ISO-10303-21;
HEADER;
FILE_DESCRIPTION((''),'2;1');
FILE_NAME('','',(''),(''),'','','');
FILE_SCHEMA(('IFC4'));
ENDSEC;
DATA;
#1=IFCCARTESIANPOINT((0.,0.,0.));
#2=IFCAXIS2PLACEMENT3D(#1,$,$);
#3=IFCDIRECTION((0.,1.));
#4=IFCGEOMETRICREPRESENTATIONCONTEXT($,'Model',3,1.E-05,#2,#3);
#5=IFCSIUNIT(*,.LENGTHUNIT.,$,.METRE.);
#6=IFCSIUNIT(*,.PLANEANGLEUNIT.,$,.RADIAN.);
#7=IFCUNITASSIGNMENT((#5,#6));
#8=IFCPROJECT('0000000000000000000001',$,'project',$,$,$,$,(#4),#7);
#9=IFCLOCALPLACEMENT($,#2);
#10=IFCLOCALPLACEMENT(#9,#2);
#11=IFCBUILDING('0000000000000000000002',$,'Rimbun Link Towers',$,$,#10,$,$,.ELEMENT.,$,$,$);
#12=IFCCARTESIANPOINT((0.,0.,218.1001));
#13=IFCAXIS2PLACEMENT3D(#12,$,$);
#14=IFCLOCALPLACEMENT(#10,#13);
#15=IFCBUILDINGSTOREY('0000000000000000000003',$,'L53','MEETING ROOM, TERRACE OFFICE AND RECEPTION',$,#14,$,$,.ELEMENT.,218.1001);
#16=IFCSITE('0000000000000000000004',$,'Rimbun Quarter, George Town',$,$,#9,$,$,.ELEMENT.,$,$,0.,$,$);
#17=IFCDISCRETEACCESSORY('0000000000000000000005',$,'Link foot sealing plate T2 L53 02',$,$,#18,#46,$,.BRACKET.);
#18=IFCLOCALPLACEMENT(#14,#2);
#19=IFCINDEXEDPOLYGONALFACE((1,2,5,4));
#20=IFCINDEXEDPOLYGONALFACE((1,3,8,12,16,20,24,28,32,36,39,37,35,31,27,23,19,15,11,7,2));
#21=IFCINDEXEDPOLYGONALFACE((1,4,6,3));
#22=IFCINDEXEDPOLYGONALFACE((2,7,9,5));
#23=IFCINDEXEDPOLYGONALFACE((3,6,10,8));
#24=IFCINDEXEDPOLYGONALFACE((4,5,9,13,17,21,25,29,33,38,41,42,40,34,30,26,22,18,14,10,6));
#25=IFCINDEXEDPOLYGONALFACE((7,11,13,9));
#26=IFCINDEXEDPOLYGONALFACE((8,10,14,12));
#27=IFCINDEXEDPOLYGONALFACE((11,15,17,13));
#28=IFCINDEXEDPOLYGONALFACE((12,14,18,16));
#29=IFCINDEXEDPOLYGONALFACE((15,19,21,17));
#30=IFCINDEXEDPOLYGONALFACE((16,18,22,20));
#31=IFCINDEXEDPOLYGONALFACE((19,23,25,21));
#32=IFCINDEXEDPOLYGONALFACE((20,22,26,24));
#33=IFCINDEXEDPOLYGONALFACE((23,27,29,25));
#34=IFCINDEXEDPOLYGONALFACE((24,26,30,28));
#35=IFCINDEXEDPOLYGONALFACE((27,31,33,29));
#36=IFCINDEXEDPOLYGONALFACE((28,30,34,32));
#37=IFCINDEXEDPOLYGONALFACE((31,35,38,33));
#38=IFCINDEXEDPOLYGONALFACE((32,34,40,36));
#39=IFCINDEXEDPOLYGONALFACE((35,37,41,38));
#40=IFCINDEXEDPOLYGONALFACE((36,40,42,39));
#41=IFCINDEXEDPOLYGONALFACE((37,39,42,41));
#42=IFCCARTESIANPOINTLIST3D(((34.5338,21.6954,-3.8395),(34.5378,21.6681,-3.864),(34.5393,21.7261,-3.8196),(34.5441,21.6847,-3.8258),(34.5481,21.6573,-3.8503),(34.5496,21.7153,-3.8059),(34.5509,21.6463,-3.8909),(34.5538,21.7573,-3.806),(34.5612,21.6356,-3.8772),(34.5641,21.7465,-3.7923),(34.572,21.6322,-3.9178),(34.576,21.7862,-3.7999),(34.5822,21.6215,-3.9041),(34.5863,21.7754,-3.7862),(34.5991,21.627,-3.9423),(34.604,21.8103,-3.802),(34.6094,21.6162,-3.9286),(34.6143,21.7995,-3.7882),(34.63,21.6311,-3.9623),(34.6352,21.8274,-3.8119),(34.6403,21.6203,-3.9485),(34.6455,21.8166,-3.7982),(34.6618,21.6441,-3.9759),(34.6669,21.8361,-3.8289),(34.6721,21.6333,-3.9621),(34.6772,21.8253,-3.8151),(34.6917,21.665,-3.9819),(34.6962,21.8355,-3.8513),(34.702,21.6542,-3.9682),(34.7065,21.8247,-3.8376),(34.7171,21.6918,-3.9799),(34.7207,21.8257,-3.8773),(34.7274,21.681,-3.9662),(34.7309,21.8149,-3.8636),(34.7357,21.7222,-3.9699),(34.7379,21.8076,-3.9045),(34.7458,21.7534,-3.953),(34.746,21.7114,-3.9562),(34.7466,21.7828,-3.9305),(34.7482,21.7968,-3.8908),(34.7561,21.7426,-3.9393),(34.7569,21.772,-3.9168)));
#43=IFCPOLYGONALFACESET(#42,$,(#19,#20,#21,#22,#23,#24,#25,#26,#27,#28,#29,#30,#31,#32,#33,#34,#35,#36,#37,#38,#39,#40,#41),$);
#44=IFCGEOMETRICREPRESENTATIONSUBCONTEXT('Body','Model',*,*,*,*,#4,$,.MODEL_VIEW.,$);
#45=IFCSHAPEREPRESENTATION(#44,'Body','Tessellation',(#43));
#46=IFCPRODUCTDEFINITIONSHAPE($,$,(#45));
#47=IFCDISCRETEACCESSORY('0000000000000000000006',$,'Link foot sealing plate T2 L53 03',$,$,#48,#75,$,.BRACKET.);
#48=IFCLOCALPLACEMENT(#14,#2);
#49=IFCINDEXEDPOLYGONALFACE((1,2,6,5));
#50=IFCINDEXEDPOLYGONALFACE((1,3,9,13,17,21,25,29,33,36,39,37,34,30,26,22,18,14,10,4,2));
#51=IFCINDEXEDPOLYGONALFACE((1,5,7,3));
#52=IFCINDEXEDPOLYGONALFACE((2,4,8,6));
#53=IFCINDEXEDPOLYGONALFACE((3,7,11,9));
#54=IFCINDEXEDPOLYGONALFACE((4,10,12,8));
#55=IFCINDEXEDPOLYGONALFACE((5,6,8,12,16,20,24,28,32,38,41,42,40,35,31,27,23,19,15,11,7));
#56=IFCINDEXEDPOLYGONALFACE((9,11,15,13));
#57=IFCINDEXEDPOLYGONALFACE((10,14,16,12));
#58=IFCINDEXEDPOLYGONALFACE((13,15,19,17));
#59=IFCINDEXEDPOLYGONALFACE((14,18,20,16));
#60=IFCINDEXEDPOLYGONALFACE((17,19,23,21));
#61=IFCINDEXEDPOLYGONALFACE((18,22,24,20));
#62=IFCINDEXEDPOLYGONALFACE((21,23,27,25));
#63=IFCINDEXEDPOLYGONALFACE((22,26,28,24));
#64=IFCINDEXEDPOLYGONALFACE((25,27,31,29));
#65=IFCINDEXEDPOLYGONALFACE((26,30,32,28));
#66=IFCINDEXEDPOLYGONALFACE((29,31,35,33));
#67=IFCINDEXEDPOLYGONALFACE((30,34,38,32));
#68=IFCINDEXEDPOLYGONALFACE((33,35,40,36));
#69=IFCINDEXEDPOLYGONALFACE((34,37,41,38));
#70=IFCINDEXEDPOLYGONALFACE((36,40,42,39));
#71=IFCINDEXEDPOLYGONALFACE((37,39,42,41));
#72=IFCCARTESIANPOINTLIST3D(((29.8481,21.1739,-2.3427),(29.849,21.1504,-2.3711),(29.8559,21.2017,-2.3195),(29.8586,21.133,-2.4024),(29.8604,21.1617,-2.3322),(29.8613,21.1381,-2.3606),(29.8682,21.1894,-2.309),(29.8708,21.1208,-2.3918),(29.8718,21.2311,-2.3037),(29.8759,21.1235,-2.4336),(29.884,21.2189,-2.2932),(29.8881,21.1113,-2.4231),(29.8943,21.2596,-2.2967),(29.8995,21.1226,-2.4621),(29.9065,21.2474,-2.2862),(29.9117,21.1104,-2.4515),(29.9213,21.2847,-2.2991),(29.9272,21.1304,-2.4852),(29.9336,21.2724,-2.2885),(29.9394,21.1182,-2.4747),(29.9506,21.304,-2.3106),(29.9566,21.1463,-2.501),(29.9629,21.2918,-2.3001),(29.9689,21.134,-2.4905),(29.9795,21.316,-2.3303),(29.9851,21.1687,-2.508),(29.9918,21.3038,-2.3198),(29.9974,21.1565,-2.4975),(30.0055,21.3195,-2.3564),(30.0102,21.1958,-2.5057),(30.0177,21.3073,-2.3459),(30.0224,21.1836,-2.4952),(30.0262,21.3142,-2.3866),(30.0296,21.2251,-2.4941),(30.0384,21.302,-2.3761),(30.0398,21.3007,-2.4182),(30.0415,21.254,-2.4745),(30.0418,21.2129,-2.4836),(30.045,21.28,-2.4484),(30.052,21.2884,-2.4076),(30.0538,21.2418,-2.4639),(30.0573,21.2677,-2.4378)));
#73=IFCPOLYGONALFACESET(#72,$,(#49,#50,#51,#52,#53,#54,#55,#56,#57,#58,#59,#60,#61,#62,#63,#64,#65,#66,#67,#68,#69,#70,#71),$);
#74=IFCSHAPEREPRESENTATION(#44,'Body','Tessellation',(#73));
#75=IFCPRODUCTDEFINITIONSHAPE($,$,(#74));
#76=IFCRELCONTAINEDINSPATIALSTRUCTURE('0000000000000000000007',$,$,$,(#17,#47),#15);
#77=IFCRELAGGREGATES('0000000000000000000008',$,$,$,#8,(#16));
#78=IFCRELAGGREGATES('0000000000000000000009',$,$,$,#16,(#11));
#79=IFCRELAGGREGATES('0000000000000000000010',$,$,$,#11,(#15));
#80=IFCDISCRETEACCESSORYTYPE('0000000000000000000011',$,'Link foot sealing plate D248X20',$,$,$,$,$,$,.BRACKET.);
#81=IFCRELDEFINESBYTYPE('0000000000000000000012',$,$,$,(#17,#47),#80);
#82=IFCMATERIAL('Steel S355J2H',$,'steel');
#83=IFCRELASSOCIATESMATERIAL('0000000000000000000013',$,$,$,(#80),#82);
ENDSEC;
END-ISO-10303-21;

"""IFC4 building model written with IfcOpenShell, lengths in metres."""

from ifc_helpers import new_model, si_unit, direction, frame, origin, origin_2d, place, context, subcontext, project, spatial, circle, extrude, material, material_profile, profile_set, type_object, element, save


model = new_model("IFC4")

# Units and contexts
model_context = context("Model", 3, precision=1e-05, world=origin(), true_north=direction((0.0, 1.0)))
body_context = subcontext(model_context, "Body", "Model", "MODEL_VIEW")
ifc_project = project(units=[si_unit("LENGTHUNIT", "METRE"), si_unit("PLANEANGLEUNIT", "RADIAN")], contexts=[model_context])

# Site, building, storey
site_placement = place(None, origin())
site = spatial("IfcSite", under=ifc_project, at=site_placement, Name="Rimbun Quarter, George Town", CompositionType="ELEMENT", RefElevation=0.0)
building_placement = place(site_placement, origin())
building = spatial("IfcBuilding", under=site, at=building_placement, Name="Rimbun Link Towers", CompositionType="ELEMENT")
storey_placement = place(building_placement, frame((0.0, 0.0, 218.1001)))
storey = spatial("IfcBuildingStorey", under=building, at=storey_placement, Name="L53", Description="MEETING ROOM, TERRACE OFFICE AND RECEPTION", CompositionType="ELEMENT", Elevation=218.1001)

# Discrete accessories
ifc_material_1 = material(Name="Steel S355J2H", Category="steel")
ifc_material_profile_1 = material_profile(ifc_material_1, circle(Radius=0.124, at=origin_2d()), Name="PL D248")
ifc_profile_set_1 = profile_set([ifc_material_profile_1], Name="Steel S355J2H")
discrete_accessory_type = type_object("IfcDiscreteAccessoryType", Name="Link foot sealing plate D248X20", PredefinedType="BRACKET", material=ifc_profile_set_1)
for number, where, z_axis, x_axis, name in (
    (1, (34.6509, 21.7212, -3.8772), (-0.507982, 0.532172, -0.677309), (-0.723356, -0.690476, 0.0), "Link foot sealing plate T2 L53 02"),
    (2, (29.9585, 21.2085, -2.3918), (-0.604166, 0.604166, -0.519583), (-0.707107, -0.707107, 0.0), "Link foot sealing plate T2 L53 03"),
):
    element("IfcDiscreteAccessory", number, at=place(storey_placement, frame(where, z_axis=z_axis, x_axis=x_axis)), inside=storey, type_object=discrete_accessory_type, Name=name, PredefinedType="BRACKET", context=body_context, shape_type="SweptSolid", body=[
        extrude(circle(Radius=0.124, at=origin_2d()), origin(), (0.0, 0.0, 1.0), 0.0203),
    ])

save(model, "model.ifc")
